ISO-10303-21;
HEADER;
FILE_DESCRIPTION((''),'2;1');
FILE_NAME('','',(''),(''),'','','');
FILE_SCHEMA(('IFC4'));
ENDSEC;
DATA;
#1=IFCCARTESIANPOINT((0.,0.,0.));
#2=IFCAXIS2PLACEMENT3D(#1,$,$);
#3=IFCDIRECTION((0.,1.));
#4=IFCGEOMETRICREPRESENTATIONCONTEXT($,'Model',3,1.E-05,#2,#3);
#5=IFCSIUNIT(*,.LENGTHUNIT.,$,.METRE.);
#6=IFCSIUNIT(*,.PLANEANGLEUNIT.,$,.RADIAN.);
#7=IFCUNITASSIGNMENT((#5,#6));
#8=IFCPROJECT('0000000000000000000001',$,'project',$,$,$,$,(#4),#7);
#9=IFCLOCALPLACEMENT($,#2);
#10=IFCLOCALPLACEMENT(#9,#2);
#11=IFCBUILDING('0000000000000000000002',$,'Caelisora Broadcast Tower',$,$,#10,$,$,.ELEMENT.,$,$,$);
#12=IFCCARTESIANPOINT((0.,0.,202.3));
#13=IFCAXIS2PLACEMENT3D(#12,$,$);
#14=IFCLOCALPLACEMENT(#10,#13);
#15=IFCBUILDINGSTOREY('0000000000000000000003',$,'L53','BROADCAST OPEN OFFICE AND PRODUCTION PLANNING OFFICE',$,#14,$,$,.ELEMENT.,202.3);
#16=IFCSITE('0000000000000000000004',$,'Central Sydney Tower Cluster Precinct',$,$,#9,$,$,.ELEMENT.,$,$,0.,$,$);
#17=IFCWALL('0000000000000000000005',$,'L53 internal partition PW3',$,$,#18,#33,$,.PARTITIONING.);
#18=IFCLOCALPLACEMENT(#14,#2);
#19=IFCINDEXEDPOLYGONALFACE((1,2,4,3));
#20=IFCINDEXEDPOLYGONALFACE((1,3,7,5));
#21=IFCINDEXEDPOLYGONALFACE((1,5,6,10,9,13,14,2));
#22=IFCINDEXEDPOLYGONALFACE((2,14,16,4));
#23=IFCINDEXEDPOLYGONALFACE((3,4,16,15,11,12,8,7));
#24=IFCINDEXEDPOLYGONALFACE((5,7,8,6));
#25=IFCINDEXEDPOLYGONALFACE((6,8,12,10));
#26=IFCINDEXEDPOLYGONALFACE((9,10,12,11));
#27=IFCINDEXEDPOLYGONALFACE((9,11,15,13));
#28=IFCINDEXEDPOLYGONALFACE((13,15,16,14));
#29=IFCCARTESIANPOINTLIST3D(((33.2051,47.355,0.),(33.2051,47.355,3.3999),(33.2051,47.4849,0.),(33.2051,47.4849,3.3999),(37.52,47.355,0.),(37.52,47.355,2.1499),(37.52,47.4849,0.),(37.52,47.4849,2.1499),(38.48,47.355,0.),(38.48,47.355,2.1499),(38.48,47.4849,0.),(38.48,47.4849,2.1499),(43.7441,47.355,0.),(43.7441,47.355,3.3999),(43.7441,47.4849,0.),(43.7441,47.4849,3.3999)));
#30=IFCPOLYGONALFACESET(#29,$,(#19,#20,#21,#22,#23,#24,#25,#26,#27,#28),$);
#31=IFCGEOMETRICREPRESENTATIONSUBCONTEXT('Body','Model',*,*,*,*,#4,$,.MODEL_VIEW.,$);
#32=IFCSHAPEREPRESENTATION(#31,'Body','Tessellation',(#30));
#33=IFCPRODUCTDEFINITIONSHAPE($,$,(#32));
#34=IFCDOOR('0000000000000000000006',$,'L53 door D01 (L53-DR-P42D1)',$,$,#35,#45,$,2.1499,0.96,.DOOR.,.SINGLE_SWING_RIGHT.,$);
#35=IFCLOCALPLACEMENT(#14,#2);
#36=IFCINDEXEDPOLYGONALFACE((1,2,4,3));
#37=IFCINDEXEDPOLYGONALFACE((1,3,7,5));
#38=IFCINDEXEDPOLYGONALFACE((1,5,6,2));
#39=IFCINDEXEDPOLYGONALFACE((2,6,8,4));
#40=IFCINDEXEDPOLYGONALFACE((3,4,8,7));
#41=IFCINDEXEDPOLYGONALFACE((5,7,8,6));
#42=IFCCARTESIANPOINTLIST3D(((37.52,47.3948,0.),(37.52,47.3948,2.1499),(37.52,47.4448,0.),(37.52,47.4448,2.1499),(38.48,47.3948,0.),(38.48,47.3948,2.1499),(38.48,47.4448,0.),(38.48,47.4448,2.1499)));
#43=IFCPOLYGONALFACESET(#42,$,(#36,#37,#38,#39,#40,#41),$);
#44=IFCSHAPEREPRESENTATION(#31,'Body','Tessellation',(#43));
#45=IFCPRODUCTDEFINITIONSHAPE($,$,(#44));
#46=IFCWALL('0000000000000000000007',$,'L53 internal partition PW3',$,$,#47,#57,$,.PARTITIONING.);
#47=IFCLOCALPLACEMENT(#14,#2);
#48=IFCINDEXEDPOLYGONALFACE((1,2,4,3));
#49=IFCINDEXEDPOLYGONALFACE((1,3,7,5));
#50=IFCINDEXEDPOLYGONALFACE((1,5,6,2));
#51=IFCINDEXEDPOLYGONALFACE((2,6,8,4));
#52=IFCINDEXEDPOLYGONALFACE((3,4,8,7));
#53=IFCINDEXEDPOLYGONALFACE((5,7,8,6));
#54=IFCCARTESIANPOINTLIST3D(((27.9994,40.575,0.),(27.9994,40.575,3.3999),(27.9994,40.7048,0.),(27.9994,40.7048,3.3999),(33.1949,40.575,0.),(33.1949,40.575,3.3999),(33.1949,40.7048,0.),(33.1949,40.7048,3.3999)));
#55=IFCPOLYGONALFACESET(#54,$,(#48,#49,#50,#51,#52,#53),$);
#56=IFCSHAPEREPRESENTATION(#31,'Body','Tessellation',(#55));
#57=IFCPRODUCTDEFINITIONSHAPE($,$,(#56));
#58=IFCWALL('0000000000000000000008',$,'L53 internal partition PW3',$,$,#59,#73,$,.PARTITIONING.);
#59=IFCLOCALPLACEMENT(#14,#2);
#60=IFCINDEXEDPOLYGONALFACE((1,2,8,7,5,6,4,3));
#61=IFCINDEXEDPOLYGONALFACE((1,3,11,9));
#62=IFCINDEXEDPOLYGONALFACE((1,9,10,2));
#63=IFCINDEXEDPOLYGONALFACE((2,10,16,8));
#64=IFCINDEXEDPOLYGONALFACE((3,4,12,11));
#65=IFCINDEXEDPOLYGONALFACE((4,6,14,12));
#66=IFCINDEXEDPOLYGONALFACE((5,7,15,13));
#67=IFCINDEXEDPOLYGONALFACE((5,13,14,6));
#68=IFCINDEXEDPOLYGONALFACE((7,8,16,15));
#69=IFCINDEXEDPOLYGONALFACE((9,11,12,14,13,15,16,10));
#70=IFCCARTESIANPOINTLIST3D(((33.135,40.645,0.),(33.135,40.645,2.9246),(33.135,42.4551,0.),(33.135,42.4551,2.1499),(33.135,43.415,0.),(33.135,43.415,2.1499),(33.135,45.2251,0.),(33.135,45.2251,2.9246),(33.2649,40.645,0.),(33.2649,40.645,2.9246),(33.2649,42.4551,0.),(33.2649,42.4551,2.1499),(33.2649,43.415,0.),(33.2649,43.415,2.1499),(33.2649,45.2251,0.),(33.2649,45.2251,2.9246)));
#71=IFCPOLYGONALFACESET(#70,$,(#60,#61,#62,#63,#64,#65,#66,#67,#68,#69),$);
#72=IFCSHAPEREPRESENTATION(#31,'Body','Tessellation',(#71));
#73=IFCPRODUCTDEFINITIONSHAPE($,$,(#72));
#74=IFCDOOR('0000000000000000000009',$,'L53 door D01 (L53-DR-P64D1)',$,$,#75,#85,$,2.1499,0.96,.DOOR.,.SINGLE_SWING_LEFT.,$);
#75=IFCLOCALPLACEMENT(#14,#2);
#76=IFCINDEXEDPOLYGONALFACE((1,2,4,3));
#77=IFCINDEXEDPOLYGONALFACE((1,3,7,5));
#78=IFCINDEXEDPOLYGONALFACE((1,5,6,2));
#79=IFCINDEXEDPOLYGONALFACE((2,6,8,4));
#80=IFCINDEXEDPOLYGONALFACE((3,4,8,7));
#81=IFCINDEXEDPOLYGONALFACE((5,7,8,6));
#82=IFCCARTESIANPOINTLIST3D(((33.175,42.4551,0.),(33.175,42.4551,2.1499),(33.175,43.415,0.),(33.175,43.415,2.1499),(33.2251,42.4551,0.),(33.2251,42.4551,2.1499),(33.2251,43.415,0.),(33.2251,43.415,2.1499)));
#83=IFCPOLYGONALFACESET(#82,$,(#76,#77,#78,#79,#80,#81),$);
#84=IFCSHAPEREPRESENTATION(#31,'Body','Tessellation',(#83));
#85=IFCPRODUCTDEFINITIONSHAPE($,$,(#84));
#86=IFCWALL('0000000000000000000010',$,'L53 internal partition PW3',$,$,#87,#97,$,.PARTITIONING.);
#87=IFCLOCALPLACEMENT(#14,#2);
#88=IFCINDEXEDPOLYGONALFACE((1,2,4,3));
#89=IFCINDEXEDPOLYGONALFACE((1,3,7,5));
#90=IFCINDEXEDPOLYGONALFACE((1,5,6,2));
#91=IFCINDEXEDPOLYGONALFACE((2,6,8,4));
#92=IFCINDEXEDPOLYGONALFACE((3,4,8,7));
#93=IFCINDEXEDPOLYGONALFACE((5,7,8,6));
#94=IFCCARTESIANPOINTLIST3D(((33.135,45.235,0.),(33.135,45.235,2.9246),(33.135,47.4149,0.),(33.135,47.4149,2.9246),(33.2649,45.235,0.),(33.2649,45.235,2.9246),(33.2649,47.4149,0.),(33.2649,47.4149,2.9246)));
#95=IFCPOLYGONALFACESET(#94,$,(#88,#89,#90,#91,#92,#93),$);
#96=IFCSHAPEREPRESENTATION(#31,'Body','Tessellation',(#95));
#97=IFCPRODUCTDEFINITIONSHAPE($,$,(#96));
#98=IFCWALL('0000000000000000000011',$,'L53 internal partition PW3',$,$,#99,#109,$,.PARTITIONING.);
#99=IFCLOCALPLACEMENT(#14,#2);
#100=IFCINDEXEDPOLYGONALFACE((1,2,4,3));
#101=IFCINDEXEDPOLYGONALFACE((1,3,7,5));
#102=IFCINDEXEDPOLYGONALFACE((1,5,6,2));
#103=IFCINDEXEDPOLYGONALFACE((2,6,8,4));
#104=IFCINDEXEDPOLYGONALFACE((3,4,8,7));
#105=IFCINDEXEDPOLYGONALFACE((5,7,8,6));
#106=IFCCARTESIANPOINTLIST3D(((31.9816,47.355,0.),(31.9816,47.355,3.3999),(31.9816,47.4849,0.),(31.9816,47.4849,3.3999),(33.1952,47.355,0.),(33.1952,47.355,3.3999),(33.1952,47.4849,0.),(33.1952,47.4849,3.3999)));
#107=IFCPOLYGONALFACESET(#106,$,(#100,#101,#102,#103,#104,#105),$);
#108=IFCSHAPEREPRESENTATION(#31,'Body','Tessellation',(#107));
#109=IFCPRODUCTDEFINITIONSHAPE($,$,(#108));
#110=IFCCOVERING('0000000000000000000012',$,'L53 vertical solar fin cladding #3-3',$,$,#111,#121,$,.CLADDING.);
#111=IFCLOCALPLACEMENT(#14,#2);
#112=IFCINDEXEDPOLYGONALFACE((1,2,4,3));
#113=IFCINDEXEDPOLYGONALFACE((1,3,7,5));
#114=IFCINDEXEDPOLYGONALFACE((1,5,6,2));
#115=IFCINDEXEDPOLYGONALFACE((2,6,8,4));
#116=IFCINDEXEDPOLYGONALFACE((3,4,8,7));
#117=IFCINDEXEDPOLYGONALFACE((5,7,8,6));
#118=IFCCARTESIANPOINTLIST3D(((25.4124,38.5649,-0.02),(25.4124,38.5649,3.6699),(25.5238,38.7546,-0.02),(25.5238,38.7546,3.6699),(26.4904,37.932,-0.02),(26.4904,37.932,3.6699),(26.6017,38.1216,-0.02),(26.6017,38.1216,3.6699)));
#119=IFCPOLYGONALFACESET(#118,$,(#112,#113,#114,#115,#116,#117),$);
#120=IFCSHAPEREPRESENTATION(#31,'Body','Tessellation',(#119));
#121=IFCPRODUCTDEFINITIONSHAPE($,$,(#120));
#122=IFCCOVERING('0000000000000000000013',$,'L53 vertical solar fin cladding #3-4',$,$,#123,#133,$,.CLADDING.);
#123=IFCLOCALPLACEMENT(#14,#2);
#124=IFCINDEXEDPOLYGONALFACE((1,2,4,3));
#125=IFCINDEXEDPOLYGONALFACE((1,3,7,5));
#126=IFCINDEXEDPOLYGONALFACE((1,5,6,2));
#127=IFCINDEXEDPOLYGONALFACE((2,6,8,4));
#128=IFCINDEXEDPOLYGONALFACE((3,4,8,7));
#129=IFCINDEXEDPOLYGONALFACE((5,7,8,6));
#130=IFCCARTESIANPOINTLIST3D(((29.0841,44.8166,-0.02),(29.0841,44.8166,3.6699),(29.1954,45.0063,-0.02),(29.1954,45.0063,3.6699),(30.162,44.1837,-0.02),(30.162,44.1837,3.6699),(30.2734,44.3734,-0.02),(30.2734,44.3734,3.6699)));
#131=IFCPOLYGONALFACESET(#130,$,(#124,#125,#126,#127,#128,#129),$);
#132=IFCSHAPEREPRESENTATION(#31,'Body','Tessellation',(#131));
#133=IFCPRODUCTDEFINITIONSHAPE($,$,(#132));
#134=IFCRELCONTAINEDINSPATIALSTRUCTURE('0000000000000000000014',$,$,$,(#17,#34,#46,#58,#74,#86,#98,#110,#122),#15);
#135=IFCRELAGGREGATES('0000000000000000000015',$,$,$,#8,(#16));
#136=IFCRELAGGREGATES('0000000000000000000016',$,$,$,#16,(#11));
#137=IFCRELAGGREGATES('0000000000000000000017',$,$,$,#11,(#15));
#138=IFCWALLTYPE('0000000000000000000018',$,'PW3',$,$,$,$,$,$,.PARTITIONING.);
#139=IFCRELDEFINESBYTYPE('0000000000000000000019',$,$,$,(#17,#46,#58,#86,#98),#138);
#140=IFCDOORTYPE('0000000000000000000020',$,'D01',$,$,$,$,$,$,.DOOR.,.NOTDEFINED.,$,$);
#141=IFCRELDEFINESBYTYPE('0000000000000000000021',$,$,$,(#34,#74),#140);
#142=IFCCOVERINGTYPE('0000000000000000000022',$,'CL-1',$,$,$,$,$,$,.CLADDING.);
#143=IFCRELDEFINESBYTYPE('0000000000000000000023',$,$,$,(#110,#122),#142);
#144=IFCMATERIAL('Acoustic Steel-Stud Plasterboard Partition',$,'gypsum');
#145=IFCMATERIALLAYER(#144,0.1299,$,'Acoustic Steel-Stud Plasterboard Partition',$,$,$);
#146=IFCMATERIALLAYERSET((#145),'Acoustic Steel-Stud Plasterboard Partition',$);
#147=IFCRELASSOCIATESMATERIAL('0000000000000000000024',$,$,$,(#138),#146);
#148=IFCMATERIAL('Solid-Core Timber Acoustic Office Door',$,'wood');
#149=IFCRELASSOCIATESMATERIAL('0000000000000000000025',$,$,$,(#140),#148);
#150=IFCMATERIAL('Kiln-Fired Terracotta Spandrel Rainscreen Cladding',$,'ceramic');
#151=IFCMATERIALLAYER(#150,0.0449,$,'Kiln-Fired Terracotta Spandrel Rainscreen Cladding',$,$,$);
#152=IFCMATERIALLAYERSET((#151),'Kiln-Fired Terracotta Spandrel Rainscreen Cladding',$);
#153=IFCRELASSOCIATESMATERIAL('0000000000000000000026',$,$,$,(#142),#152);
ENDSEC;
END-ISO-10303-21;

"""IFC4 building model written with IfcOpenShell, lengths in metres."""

from ifc_helpers import new_model, si_unit, direction, frame, frame_2d, origin, origin_2d, place, context, subcontext, project, spatial, rectangle, extrude, source, transform, mapped, material, layer, layer_set, type_object, type_shapes, element, fill, save


model = new_model("IFC4")

# Units and contexts
model_context = context("Model", 3, precision=1e-05, world=origin(), true_north=direction((0.0, 1.0)))
body_context = subcontext(model_context, "Body", "Model", "MODEL_VIEW")
ifc_project = project(units=[si_unit("LENGTHUNIT", "METRE"), si_unit("PLANEANGLEUNIT", "RADIAN")], contexts=[model_context])

# Site, building, storey
site_placement = place(None, origin())
site = spatial("IfcSite", under=ifc_project, at=site_placement, Name="Central Sydney Tower Cluster Precinct", CompositionType="ELEMENT", RefElevation=0.0)
building_placement = place(site_placement, origin())
building = spatial("IfcBuilding", under=site, at=building_placement, Name="Caelisora Broadcast Tower", CompositionType="ELEMENT")
storey_placement = place(building_placement, frame((0.0, 0.0, 202.3)))
storey = spatial("IfcBuildingStorey", under=building, at=storey_placement, Name="L53", Description="BROADCAST OPEN OFFICE AND PRODUCTION PLANNING OFFICE", CompositionType="ELEMENT", Elevation=202.3)

# Wall, opening, door
ifc_material_1 = material(Name="Acoustic Steel-Stud Plasterboard Partition", Category="gypsum")
ifc_layer_1 = layer(ifc_material_1, 0.1299, Name="Acoustic Steel-Stud Plasterboard Partition")
ifc_layer_set_1 = layer_set([ifc_layer_1], Name="Acoustic Steel-Stud Plasterboard Partition")
wall_type_1 = type_object("IfcWallType", Name="PW3", PredefinedType="PARTITIONING", material=ifc_layer_set_1)
ifc_material_2 = material(Name="Solid-Core Timber Acoustic Office Door", Category="wood")
door_type = type_object("IfcDoorType", Name="D01", OperationType="NOTDEFINED", PredefinedType="DOOR", material=ifc_material_2)
wall_1_placement = place(storey_placement, frame((33.2051, 47.4199, 0.0), z_axis=(0.0, 0.0, 1.0), x_axis=(1.0, 0.0, 0.0)))
wall_1 = element("IfcWall", 1, at=wall_1_placement, inside=storey, type_object=wall_type_1, Name="L53 internal partition PW3", PredefinedType="PARTITIONING", context=body_context, shape_type="SweptSolid", body=[
    extrude(rectangle(XDim=10.5391, YDim=0.1299, at=frame_2d((5.2695, 0.0))), origin(), (0.0, 0.0, 1.0), 3.3999),
])
opening_1_placement = place(wall_1_placement, frame((4.3149, 0.0, 0.0)))
opening_1 = element("IfcOpeningElement", 2, at=opening_1_placement, cuts=wall_1, PredefinedType="OPENING", context=body_context, shape_type="SweptSolid", body=[
    extrude(rectangle(XDim=0.96, YDim=2.1499, at=frame_2d((0.48, 1.075))), frame((0.0, 0.0769, 0.0), z_axis=(0.0, -1.0, 0.0), x_axis=(1.0, 0.0, 0.0)), (0.0, 0.0, 1.0), 0.1538),
])
door_1_placement = place(opening_1_placement, origin())
door_1 = element("IfcDoor", 3, at=door_1_placement, inside=storey, type_object=door_type, Name="L53 door D01 (L53-DR-P42D1)", OperationType="SINGLE_SWING_RIGHT", OverallHeight=2.1499, OverallWidth=0.96, PredefinedType="DOOR", context=body_context, shape_type="SweptSolid", body=[
    extrude(rectangle(XDim=0.96, YDim=2.1499, at=frame_2d((0.48, 1.075))), frame((0.0, 0.0249, 0.0), z_axis=(0.0, -1.0, 0.0), x_axis=(1.0, 0.0, 0.0)), (0.0, 0.0, 1.0), 0.05),
])
fill(opening_1, door_1)

# Wall
wall_2_placement = place(storey_placement, frame((27.9995, 40.6399, 0.0), z_axis=(0.0, 0.0, 1.0), x_axis=(1.0, 0.0, 0.0)))
element("IfcWall", 4, at=wall_2_placement, inside=storey, type_object=wall_type_1, Name="L53 internal partition PW3", PredefinedType="PARTITIONING", context=body_context, shape_type="SweptSolid", body=[
    extrude(rectangle(XDim=5.1956, YDim=0.1299, at=frame_2d((2.5977, 0.0))), origin(), (0.0, 0.0, 1.0), 3.3999),
])

# Wall, opening, door
wall_3_placement = place(storey_placement, frame((33.2, 40.645, 0.0), z_axis=(0.0, 0.0, 1.0), x_axis=(0.0, 1.0, 0.0)))
wall_3 = element("IfcWall", 5, at=wall_3_placement, inside=storey, type_object=wall_type_1, Name="L53 internal partition PW3", PredefinedType="PARTITIONING", context=body_context, shape_type="SweptSolid", body=[
    extrude(rectangle(XDim=4.5801, YDim=0.1299, at=frame_2d((2.29, 0.0))), origin(), (0.0, 0.0, 1.0), 2.9246),
])
opening_2_placement = place(wall_3_placement, frame((1.8101, 0.0, 0.0)))
opening_2 = element("IfcOpeningElement", 6, at=opening_2_placement, cuts=wall_3, PredefinedType="OPENING", context=body_context, shape_type="SweptSolid", body=[
    extrude(rectangle(XDim=0.96, YDim=2.1499, at=frame_2d((0.48, 1.075))), frame((0.0, 0.0769, 0.0), z_axis=(0.0, -1.0, 0.0), x_axis=(1.0, 0.0, 0.0)), (0.0, 0.0, 1.0), 0.1538),
])
door_2_placement = place(opening_2_placement, origin())
door_2 = element("IfcDoor", 7, at=door_2_placement, inside=storey, type_object=door_type, Name="L53 door D01 (L53-DR-P64D1)", OperationType="SINGLE_SWING_LEFT", OverallHeight=2.1499, OverallWidth=0.96, PredefinedType="DOOR", context=body_context, shape_type="SweptSolid", body=[
    extrude(rectangle(XDim=0.96, YDim=2.1499, at=frame_2d((0.48, 1.075))), frame((0.0, 0.0249, 0.0), z_axis=(0.0, -1.0, 0.0), x_axis=(1.0, 0.0, 0.0)), (0.0, 0.0, 1.0), 0.05),
])
fill(opening_2, door_2)

# Walls
wall_4_placement = place(storey_placement, frame((33.2, 45.2351, 0.0), z_axis=(0.0, 0.0, 1.0), x_axis=(0.0, 1.0, 0.0)))
element("IfcWall", 8, at=wall_4_placement, inside=storey, type_object=wall_type_1, Name="L53 internal partition PW3", PredefinedType="PARTITIONING", context=body_context, shape_type="SweptSolid", body=[
    extrude(rectangle(XDim=2.1799, YDim=0.1299, at=frame_2d((1.0898, 0.0))), origin(), (0.0, 0.0, 1.0), 2.9246),
])
wall_5_placement = place(storey_placement, frame((31.9814, 47.4199, 0.0), z_axis=(0.0, 0.0, 1.0), x_axis=(1.0, 0.0, 0.0)))
element("IfcWall", 9, at=wall_5_placement, inside=storey, type_object=wall_type_1, Name="L53 internal partition PW3", PredefinedType="PARTITIONING", context=body_context, shape_type="SweptSolid", body=[
    extrude(rectangle(XDim=1.2136, YDim=0.1299, at=frame_2d((0.6069, 0.0))), origin(), (0.0, 0.0, 1.0), 3.3999),
])

# Coverings
ifc_material_3 = material(Name="Kiln-Fired Terracotta Spandrel Rainscreen Cladding", Category="ceramic")
ifc_layer_2 = layer(ifc_material_3, 0.0449, Name="Kiln-Fired Terracotta Spandrel Rainscreen Cladding")
ifc_layer_set_2 = layer_set([ifc_layer_2], Name="Kiln-Fired Terracotta Spandrel Rainscreen Cladding")
covering_type = type_object("IfcCoveringType", Name="CL-1", PredefinedType="CLADDING", material=ifc_layer_set_2)
shared_shape_1 = source(origin(), body_context, "Body", "SweptSolid", [
    extrude(rectangle(XDim=0.22, YDim=1.25, at=origin_2d()), origin(), (0.0, 0.0, 1.0), 3.6899),
])
type_shapes(covering_type, [shared_shape_1])
for number, where, z_axis, x_axis, name in (
    (10, (26.0071, 38.3433, -0.02), (0.0, 0.0, 1.0), (0.506335, 0.862337, 0.0), "L53 vertical solar fin cladding #3-3"),
    (11, (29.6787, 44.595, -0.02), (0.0, 0.0, 1.0), (0.506335, 0.862337, 0.0), "L53 vertical solar fin cladding #3-4"),
):
    element("IfcCovering", number, at=place(storey_placement, frame(where, z_axis=z_axis, x_axis=x_axis)), inside=storey, type_object=covering_type, Name=name, PredefinedType="CLADDING", context=body_context, shape_type="MappedRepresentation", body=[
        mapped(shared_shape_1, transform((0.0, 0.0, 0.0), scale=1.0)),
    ])

save(model, "model.ifc")
